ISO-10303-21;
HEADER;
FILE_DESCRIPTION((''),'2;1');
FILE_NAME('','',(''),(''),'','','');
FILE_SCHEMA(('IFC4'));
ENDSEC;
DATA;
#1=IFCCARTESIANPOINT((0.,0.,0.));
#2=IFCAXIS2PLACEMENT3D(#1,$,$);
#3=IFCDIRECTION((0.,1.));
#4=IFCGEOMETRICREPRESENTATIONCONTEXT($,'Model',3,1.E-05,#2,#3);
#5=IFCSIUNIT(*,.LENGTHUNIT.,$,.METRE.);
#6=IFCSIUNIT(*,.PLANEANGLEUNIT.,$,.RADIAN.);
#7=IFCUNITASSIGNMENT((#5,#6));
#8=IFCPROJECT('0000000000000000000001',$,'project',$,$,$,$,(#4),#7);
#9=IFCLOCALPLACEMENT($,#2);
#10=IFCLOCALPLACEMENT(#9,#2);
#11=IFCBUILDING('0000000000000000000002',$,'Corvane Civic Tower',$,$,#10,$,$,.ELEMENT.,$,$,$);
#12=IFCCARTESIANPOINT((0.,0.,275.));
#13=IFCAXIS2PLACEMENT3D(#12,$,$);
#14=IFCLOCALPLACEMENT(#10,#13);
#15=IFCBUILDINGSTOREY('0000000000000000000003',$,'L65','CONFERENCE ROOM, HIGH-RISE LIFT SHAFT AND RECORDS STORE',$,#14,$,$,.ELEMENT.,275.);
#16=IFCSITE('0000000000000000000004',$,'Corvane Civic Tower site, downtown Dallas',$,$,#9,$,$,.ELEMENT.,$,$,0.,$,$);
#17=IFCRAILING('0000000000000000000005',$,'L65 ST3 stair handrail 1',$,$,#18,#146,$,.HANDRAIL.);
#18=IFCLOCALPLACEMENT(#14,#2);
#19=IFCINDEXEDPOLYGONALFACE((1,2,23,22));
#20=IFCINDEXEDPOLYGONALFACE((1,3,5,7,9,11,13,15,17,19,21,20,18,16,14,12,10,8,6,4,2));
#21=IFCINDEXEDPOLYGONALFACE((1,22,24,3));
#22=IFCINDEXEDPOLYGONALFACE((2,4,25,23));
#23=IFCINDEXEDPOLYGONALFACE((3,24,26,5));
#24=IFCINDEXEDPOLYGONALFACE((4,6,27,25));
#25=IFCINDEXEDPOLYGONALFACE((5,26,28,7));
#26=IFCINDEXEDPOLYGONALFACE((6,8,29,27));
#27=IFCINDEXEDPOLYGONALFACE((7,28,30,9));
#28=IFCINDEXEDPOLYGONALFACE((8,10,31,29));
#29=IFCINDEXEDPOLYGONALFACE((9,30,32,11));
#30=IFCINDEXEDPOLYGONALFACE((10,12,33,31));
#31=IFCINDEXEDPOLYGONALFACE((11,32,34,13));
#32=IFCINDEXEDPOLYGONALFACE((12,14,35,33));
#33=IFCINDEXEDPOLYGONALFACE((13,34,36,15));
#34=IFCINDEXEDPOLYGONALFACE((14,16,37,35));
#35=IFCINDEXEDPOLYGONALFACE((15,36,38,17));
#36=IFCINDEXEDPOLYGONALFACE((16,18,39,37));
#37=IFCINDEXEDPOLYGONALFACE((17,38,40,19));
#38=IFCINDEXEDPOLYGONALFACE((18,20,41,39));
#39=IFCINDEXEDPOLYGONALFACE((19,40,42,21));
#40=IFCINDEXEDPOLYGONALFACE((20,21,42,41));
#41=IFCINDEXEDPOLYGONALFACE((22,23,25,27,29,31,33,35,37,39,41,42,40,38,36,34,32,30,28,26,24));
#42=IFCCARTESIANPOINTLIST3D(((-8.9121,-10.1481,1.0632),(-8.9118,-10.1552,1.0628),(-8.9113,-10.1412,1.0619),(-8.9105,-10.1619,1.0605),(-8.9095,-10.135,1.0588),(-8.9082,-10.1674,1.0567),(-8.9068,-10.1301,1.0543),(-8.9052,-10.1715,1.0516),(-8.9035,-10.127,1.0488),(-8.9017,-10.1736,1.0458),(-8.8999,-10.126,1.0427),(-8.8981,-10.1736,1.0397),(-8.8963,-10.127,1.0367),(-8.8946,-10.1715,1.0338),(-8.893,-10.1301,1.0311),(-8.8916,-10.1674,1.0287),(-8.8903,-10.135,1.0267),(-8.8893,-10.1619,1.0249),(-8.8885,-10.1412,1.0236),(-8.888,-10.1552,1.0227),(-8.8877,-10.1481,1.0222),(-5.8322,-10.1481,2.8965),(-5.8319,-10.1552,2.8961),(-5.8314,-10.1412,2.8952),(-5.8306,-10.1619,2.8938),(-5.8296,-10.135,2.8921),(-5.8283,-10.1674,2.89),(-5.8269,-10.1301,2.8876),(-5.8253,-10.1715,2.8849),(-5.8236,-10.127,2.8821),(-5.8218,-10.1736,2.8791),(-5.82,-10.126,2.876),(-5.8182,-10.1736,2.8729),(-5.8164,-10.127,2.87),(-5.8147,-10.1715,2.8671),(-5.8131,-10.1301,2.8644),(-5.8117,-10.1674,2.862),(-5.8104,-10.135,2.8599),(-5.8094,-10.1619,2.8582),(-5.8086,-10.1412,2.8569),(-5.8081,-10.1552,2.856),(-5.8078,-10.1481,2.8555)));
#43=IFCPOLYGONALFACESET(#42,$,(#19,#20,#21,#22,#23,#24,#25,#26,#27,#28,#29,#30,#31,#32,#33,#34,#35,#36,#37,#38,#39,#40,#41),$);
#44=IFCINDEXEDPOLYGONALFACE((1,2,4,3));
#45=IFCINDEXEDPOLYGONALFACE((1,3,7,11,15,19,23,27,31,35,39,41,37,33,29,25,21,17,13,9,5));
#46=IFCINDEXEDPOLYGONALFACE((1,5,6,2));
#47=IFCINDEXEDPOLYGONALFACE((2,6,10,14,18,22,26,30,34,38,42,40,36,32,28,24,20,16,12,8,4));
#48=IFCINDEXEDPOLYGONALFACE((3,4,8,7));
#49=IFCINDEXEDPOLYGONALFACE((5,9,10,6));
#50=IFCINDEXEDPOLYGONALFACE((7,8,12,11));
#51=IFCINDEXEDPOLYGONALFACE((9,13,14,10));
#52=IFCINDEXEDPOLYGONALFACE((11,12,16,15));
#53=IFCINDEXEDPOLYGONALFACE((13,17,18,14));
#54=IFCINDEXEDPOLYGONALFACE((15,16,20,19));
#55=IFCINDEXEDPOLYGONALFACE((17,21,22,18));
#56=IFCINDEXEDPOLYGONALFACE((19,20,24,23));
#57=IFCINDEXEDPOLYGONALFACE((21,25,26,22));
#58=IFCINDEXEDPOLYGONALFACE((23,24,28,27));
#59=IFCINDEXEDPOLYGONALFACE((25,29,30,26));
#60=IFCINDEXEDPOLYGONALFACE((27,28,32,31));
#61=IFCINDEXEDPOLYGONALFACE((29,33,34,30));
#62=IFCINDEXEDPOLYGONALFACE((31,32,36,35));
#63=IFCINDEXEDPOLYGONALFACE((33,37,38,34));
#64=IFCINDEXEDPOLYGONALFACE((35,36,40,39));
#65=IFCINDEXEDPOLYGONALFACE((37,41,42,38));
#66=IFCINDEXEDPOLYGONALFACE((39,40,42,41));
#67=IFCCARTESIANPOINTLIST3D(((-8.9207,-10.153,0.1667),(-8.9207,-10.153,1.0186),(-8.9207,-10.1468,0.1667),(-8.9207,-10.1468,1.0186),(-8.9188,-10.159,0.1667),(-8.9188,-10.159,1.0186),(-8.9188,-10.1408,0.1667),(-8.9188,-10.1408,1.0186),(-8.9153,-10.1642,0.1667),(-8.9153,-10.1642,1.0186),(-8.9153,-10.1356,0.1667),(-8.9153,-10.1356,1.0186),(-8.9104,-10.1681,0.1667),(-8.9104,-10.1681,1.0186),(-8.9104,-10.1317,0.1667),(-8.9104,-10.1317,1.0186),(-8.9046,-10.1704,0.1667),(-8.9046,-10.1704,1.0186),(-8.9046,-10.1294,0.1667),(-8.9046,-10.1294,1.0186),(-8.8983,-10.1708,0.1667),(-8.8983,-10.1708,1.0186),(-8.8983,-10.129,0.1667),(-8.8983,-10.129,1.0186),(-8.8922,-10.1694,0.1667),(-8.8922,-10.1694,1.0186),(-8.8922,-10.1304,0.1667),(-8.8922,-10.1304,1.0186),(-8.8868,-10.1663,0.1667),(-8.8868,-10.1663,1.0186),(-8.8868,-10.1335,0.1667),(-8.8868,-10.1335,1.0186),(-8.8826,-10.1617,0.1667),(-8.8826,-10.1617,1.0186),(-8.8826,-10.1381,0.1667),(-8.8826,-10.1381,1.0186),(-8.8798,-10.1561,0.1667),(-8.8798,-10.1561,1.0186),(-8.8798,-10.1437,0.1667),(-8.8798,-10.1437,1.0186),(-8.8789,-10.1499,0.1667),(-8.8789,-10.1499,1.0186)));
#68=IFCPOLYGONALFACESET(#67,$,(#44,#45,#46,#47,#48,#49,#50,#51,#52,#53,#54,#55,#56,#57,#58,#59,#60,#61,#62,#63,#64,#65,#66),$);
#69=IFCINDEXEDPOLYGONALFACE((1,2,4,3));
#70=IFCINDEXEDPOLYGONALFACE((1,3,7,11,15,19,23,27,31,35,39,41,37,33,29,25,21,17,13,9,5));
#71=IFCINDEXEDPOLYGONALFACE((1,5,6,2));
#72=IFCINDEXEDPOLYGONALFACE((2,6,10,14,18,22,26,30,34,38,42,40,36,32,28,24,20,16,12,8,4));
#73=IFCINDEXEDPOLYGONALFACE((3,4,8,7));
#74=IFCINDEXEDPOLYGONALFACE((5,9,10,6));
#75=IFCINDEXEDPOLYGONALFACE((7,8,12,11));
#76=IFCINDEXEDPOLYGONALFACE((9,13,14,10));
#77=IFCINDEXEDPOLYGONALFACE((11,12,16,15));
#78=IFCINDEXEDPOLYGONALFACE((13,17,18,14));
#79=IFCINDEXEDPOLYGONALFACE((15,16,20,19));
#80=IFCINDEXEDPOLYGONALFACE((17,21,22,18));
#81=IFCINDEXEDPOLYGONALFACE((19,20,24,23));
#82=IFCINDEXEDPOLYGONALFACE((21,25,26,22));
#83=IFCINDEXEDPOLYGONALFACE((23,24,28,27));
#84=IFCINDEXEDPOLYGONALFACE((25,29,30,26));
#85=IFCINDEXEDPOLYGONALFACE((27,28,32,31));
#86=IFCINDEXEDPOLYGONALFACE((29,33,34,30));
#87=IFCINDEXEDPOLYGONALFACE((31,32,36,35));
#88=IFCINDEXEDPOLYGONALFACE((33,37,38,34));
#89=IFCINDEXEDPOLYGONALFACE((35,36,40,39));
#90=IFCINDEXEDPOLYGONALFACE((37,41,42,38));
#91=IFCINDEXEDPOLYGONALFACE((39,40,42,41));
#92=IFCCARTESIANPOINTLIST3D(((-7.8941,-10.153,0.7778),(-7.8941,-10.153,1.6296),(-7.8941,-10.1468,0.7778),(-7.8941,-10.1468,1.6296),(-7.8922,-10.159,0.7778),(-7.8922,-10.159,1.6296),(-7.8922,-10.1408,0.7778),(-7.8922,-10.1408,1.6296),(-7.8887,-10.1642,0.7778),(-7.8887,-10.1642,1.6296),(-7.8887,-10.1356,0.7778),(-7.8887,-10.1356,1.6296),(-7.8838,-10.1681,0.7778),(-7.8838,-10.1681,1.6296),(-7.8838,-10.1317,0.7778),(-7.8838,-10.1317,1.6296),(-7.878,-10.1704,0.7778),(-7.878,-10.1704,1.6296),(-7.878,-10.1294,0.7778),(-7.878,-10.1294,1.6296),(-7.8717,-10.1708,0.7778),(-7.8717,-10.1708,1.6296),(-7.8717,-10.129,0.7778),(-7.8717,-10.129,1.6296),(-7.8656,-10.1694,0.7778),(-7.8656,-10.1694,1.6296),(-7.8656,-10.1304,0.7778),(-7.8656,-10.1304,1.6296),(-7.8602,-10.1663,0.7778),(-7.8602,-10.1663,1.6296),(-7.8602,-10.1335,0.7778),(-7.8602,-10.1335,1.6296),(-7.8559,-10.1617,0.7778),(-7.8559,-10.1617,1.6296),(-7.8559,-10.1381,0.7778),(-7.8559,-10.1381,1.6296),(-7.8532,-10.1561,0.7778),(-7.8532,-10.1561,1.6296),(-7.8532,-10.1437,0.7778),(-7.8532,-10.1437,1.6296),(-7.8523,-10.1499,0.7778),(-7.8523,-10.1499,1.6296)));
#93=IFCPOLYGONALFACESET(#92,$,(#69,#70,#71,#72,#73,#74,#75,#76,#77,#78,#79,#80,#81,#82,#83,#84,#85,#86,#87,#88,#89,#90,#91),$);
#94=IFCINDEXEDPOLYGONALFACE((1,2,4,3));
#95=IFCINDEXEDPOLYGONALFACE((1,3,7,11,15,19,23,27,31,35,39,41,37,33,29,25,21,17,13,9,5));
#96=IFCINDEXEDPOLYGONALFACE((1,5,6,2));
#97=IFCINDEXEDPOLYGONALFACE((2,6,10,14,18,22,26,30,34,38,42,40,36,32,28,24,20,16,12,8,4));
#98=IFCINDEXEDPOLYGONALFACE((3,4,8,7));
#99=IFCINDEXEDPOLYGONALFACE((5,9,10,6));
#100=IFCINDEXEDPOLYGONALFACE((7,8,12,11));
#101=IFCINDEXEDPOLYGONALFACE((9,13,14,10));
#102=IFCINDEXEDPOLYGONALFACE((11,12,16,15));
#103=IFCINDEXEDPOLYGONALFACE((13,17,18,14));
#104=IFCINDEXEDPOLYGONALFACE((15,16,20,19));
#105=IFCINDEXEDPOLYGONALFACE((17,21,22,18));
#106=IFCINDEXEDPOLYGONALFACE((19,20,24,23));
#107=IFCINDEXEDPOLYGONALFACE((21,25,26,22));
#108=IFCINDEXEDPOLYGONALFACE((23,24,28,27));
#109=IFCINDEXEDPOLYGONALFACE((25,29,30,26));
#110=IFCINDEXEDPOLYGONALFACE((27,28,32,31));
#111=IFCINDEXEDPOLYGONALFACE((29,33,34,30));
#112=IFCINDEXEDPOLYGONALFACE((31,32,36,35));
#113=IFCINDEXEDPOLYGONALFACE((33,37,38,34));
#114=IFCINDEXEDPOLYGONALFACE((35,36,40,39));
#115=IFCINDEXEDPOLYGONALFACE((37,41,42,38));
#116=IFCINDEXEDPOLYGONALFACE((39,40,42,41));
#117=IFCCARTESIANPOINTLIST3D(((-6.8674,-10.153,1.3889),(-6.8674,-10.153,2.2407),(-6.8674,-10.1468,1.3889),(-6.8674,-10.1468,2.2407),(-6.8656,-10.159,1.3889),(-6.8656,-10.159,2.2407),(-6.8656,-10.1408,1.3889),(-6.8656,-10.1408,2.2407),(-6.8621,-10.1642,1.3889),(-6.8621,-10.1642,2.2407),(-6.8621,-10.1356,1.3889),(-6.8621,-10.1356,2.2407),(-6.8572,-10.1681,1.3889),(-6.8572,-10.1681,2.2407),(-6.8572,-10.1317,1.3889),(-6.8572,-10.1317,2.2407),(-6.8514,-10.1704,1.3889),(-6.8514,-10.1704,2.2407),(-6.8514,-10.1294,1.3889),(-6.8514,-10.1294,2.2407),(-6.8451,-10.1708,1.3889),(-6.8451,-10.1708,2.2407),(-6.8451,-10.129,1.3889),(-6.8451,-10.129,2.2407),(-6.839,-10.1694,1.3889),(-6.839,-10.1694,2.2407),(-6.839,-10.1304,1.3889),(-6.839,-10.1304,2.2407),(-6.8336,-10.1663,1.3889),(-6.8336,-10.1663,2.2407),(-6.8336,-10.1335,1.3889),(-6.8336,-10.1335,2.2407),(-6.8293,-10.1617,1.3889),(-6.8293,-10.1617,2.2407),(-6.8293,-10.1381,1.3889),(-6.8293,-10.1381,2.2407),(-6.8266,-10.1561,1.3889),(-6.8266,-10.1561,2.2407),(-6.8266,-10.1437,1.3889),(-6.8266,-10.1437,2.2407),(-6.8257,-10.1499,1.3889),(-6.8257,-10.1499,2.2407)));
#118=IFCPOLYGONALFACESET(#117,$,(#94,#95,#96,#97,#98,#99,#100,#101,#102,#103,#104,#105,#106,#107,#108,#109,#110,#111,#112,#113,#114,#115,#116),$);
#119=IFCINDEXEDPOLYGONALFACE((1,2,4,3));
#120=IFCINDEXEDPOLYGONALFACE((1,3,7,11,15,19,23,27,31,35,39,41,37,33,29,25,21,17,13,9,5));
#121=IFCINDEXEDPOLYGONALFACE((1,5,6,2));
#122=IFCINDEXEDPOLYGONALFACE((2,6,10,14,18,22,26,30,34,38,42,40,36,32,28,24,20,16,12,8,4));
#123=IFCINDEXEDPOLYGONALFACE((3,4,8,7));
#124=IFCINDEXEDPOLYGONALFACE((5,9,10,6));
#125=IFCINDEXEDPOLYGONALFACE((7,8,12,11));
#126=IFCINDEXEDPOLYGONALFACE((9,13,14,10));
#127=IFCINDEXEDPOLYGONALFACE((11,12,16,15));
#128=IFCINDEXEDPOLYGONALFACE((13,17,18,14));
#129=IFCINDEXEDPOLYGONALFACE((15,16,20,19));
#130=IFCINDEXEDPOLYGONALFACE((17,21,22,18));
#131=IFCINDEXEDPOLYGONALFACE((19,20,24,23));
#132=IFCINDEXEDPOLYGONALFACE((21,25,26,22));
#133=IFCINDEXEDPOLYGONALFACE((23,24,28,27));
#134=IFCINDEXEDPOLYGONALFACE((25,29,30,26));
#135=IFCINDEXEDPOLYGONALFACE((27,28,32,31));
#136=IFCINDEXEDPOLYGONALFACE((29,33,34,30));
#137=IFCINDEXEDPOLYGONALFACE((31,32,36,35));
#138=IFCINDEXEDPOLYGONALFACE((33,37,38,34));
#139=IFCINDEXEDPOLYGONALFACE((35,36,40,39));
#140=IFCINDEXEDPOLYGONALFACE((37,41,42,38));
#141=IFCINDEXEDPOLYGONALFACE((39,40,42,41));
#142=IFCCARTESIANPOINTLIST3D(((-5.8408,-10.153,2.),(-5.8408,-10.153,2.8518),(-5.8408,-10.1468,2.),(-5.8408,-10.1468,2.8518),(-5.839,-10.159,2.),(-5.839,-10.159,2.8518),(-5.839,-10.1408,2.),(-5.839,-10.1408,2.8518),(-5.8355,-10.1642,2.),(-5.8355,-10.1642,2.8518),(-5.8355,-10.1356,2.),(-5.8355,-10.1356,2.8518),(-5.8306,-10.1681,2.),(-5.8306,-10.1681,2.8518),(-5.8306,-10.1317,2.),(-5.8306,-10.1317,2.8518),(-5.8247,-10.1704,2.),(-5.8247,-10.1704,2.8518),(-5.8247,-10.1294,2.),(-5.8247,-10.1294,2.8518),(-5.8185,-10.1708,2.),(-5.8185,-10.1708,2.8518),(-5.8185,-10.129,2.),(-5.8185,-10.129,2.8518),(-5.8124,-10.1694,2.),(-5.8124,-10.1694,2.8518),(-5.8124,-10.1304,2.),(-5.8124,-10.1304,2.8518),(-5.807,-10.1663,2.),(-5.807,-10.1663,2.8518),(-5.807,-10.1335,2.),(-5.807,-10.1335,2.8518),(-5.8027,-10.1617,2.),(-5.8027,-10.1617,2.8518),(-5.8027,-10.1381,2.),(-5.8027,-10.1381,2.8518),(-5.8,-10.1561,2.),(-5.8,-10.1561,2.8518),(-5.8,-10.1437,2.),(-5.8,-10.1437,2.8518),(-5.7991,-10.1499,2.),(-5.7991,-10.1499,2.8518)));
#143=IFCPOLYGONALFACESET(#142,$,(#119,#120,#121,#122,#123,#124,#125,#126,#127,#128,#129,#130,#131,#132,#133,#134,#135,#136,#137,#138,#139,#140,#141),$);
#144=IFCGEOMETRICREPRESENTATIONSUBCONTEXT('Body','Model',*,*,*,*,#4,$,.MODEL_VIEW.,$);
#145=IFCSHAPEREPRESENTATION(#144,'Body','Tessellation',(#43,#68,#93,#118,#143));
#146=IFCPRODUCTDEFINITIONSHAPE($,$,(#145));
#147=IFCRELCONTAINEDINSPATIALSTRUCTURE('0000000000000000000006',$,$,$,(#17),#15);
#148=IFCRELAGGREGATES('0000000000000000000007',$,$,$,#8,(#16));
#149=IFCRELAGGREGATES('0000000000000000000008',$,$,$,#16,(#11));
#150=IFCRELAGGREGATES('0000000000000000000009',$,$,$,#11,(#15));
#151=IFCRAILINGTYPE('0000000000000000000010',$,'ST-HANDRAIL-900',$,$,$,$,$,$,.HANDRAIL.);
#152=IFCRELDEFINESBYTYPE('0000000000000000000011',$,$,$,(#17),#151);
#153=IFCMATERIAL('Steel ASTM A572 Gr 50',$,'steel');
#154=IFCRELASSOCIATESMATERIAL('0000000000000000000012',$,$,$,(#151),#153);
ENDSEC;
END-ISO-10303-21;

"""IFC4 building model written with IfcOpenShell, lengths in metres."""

from ifc_helpers import new_model, si_unit, direction, frame, origin, origin_2d, place, context, subcontext, project, spatial, circle, extrude, material, type_object, element, save


model = new_model("IFC4")

# Units and contexts
model_context = context("Model", 3, precision=1e-05, world=origin(), true_north=direction((0.0, 1.0)))
body_context = subcontext(model_context, "Body", "Model", "MODEL_VIEW")
ifc_project = project(units=[si_unit("LENGTHUNIT", "METRE"), si_unit("PLANEANGLEUNIT", "RADIAN")], contexts=[model_context])

# Site, building, storey
site_placement = place(None, origin())
site = spatial("IfcSite", under=ifc_project, at=site_placement, Name="Corvane Civic Tower site, downtown Dallas", CompositionType="ELEMENT", RefElevation=0.0)
building_placement = place(site_placement, origin())
building = spatial("IfcBuilding", under=site, at=building_placement, Name="Corvane Civic Tower", CompositionType="ELEMENT")
storey_placement = place(building_placement, frame((0.0, 0.0, 275.0)))
storey = spatial("IfcBuildingStorey", under=building, at=storey_placement, Name="L65", Description="CONFERENCE ROOM, HIGH-RISE LIFT SHAFT AND RECORDS STORE", CompositionType="ELEMENT", Elevation=275.0)

# Railing
ifc_material_1 = material(Name="Steel ASTM A572 Gr 50", Category="steel")
railing_type_1 = type_object("IfcRailingType", Name="ST-HANDRAIL-900", PredefinedType="HANDRAIL", material=ifc_material_1)
railing_1_placement = place(storey_placement, frame((-8.8999, -10.1499, 0.1667)))
element("IfcRailing", 1, at=railing_1_placement, inside=storey, type_object=railing_type_1, Name="L65 ST3 stair handrail 1", PredefinedType="HANDRAIL", context=body_context, shape_type="SweptSolid", body=[
    extrude(circle(Radius=0.0239, at=origin_2d()), frame((0.0, 0.0, 0.876), z_axis=(0.859291, 0.0, 0.511487), x_axis=(0.0, 1.0, 0.0)), (0.0, 0.0, 1.0), 3.5842),
    extrude(circle(Radius=0.021, at=origin_2d()), origin(), (0.0, 0.0, 1.0), 0.8518),
    extrude(circle(Radius=0.021, at=origin_2d()), frame((1.0266, 0.0, 0.6111)), (0.0, 0.0, 1.0), 0.8518),
    extrude(circle(Radius=0.021, at=origin_2d()), frame((2.0532, 0.0, 1.2222)), (0.0, 0.0, 1.0), 0.8518),
    extrude(circle(Radius=0.021, at=origin_2d()), frame((3.0798, 0.0, 1.8333)), (0.0, 0.0, 1.0), 0.8518),
])

save(model, "model.ifc")
